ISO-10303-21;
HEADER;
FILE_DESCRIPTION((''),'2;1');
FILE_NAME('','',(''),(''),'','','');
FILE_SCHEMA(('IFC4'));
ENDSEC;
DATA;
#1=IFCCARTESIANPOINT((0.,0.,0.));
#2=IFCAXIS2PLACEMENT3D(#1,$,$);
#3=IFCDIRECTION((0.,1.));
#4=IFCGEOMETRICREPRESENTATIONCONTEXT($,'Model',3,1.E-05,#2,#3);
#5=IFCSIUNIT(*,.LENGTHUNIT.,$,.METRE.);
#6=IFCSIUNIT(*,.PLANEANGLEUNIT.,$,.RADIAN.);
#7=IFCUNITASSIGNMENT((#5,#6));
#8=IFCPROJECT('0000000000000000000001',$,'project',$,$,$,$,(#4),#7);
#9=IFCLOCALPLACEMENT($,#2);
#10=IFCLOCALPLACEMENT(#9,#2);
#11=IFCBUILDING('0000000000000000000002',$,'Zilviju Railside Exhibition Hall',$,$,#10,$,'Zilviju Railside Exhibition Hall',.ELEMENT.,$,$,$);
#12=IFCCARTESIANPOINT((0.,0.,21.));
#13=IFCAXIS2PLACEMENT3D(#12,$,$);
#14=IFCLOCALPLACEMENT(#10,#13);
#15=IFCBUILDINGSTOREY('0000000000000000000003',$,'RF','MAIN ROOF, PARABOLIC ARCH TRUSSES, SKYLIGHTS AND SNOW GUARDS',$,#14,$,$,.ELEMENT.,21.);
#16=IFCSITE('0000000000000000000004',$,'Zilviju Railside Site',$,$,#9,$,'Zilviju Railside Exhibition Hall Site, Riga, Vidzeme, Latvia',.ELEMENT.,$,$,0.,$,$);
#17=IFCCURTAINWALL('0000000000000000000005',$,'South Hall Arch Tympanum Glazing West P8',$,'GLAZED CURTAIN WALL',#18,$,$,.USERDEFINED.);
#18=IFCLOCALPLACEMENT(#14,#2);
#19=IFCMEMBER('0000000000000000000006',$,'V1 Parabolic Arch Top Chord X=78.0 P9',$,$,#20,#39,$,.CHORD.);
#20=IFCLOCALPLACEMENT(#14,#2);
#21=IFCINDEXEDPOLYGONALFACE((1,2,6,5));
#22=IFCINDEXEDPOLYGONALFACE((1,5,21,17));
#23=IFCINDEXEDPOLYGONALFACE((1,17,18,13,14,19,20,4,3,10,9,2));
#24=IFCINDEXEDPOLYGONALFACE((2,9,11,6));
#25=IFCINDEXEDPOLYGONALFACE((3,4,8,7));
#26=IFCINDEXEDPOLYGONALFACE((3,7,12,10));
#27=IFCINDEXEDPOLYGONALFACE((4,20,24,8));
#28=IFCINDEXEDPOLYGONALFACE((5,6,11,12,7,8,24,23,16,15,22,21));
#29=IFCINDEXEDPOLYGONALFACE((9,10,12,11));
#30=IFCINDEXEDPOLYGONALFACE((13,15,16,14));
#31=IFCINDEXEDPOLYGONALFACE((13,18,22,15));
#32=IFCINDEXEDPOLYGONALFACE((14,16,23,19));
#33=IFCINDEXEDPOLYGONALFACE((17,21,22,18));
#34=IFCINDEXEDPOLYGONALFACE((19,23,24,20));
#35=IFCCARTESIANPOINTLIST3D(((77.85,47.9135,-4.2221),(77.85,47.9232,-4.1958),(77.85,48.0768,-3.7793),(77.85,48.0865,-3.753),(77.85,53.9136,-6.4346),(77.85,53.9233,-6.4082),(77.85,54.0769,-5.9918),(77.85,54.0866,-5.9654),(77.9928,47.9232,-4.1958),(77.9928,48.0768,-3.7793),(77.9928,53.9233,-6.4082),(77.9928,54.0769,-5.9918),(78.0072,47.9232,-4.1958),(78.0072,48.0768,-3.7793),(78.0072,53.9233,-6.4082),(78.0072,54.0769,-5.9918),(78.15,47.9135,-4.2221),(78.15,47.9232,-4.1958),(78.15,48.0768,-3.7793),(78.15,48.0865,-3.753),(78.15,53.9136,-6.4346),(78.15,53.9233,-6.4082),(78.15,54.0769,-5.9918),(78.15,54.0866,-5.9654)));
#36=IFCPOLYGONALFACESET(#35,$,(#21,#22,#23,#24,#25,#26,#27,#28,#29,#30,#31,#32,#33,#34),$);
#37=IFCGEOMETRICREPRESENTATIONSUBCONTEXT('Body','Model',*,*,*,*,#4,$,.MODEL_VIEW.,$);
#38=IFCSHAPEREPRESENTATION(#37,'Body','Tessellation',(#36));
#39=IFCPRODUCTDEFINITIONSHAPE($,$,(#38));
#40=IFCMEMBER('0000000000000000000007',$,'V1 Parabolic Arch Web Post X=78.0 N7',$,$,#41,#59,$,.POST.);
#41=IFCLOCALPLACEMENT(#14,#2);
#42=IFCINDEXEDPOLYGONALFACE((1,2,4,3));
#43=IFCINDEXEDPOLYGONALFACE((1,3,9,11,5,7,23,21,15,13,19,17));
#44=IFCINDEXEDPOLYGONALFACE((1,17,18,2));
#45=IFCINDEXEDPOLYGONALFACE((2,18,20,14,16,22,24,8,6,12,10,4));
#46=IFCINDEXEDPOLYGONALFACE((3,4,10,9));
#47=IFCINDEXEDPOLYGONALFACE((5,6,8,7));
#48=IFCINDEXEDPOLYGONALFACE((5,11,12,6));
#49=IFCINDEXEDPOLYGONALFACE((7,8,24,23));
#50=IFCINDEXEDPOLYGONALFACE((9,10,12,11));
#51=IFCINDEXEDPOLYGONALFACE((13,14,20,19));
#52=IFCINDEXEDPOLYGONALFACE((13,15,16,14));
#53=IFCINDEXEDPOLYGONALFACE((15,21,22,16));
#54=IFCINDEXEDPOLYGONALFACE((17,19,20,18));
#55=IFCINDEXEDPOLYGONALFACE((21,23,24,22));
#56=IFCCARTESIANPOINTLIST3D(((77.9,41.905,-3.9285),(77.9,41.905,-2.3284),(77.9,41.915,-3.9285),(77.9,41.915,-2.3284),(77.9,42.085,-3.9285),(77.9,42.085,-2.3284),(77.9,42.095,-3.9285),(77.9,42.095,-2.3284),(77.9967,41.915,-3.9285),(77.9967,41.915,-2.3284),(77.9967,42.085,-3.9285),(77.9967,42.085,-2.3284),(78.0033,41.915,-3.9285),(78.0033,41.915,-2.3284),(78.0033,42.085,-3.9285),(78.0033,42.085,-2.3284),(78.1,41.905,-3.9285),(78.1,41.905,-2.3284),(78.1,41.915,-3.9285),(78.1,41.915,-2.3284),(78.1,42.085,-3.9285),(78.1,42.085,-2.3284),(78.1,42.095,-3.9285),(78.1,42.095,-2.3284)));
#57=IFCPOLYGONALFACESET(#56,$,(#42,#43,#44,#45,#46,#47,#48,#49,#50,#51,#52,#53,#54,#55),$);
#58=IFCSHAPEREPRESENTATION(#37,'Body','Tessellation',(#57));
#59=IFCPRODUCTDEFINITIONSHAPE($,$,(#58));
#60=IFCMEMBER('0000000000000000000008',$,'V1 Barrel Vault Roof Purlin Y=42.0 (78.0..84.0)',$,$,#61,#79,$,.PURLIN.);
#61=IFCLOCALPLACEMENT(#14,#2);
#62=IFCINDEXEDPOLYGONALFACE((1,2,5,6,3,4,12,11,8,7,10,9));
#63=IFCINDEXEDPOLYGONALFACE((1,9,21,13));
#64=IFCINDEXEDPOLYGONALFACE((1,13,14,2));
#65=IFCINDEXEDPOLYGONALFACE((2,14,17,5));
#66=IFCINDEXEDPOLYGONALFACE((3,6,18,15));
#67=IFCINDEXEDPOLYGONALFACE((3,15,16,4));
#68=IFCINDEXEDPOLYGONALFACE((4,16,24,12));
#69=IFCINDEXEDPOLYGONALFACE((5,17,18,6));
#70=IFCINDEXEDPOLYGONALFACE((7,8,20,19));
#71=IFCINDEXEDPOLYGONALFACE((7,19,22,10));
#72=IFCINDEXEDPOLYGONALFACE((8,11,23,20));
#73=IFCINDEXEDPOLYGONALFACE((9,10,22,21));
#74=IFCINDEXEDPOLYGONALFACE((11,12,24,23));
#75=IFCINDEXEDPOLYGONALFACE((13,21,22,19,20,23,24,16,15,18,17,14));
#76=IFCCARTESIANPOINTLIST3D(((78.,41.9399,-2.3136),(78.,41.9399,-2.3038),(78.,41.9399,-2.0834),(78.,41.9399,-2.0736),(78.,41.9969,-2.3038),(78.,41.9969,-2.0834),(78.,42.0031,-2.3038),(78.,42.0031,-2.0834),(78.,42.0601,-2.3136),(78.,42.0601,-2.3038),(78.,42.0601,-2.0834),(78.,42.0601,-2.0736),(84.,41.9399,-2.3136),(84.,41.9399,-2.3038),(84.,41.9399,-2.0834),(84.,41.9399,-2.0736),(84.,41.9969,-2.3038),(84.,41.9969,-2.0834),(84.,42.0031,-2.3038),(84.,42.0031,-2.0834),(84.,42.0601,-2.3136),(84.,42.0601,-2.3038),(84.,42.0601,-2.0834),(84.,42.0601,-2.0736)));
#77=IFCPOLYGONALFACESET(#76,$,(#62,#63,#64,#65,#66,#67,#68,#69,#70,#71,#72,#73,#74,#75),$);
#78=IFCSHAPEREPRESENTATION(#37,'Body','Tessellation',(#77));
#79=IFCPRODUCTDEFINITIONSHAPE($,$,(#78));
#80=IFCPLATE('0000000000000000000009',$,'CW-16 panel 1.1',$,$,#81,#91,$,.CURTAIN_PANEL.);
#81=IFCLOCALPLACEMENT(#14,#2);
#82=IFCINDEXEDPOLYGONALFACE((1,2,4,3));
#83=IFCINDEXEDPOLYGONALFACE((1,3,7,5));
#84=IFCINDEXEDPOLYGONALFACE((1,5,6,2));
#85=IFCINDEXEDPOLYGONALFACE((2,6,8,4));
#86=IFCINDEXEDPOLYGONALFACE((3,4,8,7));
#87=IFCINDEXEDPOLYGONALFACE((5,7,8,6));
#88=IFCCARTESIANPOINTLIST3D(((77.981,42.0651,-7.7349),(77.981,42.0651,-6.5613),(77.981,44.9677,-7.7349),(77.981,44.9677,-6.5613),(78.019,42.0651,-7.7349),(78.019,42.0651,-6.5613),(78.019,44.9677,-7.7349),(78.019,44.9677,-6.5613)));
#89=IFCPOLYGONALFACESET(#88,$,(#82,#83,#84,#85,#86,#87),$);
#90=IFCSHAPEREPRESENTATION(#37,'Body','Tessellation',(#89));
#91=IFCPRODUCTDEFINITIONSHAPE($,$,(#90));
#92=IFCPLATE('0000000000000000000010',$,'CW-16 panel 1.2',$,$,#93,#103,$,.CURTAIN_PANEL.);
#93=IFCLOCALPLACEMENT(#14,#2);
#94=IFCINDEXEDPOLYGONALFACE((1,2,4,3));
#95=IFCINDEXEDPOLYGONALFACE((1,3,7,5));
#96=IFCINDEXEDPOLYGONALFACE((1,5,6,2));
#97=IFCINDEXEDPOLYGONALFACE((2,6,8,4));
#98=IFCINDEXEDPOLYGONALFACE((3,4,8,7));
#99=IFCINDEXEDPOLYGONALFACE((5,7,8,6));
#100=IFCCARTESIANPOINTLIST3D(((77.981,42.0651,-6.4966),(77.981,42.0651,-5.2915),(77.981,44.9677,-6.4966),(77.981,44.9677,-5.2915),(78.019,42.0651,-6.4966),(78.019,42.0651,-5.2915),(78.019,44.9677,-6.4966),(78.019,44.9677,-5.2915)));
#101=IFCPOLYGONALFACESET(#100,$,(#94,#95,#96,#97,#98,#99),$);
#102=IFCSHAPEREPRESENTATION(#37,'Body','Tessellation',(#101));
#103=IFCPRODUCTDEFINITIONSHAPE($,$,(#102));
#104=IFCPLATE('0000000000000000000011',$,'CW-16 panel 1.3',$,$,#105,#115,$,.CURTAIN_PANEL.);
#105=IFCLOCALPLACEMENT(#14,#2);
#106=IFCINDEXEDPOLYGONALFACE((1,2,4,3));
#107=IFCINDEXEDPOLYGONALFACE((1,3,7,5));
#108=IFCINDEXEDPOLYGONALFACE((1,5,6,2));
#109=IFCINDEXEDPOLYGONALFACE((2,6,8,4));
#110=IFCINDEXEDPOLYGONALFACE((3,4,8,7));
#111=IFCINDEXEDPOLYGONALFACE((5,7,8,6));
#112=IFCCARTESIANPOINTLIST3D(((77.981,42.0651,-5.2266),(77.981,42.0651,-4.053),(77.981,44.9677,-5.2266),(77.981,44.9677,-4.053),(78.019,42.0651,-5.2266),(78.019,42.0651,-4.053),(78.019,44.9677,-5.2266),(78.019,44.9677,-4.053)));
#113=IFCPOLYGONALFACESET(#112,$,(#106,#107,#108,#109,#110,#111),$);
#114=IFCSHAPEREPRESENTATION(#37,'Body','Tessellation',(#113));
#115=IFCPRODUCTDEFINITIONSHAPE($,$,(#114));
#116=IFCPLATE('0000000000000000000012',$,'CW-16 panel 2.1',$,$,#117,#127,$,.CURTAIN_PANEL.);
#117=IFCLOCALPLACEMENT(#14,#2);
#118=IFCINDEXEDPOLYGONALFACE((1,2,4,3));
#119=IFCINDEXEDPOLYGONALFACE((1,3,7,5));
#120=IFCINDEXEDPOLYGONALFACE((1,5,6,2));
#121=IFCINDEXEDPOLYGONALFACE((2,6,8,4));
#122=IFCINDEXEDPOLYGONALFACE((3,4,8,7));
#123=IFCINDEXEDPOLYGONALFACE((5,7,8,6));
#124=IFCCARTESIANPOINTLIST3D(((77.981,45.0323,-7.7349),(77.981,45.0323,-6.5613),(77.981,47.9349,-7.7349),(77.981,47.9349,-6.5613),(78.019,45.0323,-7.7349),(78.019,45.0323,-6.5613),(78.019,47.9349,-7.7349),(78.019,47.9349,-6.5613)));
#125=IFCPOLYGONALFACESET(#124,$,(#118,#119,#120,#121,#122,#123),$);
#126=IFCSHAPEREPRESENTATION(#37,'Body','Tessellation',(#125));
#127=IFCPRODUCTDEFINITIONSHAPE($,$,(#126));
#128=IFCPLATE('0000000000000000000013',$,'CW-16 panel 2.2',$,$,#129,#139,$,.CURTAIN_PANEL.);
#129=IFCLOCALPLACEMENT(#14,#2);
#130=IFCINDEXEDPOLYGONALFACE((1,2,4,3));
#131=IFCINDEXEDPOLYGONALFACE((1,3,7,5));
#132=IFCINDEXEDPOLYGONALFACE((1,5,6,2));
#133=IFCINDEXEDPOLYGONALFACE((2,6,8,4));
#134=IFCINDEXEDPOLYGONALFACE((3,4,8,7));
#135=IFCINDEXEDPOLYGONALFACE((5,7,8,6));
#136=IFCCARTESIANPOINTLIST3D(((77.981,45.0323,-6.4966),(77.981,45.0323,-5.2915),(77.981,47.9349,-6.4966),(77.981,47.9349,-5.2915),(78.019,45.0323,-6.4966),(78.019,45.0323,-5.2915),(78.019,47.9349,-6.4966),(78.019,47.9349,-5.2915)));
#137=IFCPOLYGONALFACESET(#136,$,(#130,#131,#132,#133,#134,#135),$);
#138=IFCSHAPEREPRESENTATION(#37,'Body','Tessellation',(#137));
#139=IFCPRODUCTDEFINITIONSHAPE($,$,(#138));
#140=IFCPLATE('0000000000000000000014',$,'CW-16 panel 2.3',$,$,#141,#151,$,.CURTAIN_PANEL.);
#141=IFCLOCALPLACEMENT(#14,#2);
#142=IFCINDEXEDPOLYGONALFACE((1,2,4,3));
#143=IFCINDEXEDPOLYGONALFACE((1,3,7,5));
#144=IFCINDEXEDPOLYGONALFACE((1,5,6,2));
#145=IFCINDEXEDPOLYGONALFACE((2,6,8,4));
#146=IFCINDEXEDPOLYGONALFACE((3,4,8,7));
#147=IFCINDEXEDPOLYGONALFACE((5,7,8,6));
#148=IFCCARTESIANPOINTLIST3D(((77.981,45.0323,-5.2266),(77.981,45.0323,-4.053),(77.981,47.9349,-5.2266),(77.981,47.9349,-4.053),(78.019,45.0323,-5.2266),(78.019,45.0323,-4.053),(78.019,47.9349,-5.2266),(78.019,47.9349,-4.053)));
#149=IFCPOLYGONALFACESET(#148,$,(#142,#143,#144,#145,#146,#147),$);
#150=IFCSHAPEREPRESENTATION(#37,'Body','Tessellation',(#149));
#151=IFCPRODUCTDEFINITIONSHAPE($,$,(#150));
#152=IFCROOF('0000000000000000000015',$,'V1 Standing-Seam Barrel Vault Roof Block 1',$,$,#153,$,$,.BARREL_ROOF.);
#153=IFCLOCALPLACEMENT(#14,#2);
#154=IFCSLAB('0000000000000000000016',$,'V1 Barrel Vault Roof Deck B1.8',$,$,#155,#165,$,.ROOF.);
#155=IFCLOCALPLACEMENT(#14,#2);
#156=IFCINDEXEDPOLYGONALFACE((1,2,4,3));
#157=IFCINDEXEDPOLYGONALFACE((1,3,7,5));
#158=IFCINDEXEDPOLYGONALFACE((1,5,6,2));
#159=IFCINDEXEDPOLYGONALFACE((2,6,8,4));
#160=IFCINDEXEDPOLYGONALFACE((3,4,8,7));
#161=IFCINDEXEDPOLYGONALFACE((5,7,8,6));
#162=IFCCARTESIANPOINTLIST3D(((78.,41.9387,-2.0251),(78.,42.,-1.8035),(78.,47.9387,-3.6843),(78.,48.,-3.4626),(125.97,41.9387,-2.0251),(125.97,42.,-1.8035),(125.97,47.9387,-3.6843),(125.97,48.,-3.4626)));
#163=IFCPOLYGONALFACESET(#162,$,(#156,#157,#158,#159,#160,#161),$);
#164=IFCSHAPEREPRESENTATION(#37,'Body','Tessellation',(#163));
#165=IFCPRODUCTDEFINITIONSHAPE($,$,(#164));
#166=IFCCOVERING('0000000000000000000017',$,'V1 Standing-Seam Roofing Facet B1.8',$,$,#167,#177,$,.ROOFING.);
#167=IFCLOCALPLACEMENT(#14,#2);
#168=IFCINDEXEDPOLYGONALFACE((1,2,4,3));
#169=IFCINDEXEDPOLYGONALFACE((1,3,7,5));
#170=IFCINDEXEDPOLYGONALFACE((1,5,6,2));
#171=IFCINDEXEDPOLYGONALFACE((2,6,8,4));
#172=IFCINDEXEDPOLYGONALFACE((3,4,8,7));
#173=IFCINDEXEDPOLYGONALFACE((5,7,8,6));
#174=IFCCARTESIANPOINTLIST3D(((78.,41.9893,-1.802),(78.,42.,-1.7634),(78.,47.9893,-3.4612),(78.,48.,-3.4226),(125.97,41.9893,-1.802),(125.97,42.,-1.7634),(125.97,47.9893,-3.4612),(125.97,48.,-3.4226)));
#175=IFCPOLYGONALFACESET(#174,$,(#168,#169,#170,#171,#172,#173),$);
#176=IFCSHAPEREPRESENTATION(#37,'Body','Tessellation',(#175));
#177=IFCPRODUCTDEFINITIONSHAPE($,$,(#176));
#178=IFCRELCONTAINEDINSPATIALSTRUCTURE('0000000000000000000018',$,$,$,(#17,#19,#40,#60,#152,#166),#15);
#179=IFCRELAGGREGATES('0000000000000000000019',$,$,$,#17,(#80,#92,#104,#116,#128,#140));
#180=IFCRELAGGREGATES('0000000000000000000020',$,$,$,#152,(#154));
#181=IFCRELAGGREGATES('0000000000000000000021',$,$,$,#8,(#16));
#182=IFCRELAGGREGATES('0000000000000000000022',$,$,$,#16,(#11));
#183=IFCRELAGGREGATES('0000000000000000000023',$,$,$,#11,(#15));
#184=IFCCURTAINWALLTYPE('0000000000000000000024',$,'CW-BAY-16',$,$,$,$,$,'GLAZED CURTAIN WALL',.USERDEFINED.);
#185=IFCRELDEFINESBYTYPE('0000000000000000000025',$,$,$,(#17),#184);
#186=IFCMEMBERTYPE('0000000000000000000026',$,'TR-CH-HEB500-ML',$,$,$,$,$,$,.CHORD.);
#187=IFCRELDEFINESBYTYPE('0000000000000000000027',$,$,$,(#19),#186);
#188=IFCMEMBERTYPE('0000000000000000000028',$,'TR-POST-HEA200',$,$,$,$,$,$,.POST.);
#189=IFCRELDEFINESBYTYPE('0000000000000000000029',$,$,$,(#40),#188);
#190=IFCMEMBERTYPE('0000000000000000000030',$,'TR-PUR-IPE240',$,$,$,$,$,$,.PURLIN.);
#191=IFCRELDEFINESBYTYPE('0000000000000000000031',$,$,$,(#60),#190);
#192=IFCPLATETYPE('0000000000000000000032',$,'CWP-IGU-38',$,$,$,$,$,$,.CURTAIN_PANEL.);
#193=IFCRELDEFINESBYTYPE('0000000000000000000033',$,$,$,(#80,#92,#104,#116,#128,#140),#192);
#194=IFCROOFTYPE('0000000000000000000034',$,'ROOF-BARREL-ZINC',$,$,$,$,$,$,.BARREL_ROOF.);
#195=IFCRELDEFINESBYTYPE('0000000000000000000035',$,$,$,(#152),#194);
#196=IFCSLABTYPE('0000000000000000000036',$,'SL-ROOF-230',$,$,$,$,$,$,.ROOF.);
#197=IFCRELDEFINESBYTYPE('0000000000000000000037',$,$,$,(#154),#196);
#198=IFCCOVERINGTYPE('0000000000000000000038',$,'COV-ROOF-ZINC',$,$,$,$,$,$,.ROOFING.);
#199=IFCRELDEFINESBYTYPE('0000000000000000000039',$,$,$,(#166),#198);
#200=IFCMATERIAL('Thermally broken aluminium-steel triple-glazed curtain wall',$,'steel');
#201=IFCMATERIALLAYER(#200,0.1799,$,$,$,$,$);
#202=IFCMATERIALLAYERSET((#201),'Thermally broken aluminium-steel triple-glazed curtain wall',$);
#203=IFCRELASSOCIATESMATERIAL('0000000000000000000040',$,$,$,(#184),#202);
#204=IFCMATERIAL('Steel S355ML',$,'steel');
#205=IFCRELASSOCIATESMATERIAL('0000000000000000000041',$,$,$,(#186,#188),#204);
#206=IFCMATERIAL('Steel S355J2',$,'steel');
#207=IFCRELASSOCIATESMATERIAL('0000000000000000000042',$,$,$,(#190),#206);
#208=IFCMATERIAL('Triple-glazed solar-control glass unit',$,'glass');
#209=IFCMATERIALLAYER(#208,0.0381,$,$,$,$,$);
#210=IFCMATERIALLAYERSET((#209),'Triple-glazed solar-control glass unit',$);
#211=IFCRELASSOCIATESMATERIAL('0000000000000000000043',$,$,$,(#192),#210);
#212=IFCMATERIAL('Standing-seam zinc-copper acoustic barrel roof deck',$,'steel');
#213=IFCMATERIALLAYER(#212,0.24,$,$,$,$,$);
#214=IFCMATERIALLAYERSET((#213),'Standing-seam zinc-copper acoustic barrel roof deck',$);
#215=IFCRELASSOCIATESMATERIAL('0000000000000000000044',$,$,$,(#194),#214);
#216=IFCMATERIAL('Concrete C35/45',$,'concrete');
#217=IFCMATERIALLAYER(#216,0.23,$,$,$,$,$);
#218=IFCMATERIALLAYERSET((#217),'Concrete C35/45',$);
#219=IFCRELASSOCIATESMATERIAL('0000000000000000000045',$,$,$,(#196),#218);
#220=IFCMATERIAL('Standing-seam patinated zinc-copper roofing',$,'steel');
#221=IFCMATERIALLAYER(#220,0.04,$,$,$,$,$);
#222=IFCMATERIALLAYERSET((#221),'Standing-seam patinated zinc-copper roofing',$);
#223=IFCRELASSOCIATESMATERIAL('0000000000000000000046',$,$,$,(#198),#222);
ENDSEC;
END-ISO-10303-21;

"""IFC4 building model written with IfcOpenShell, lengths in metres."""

from ifc_helpers import new_model, si_unit, direction, frame, origin, origin_2d, place, context, subcontext, project, spatial, polyline, rectangle, i_section, outline, extrude, material, layer, layer_set, material_profile, profile_set, type_object, element, aggregate, save


model = new_model("IFC4")

# Units and contexts
model_context = context("Model", 3, precision=1e-05, world=origin(), true_north=direction((0.0, 1.0)))
body_context = subcontext(model_context, "Body", "Model", "MODEL_VIEW")
ifc_project = project(units=[si_unit("LENGTHUNIT", "METRE"), si_unit("PLANEANGLEUNIT", "RADIAN")], contexts=[model_context])

# Site, building, storey
site_placement = place(None, origin())
site = spatial("IfcSite", under=ifc_project, at=site_placement, Name="Zilviju Railside Site", LongName="Zilviju Railside Exhibition Hall Site, Riga, Vidzeme, Latvia", CompositionType="ELEMENT", RefElevation=0.0)
building_placement = place(site_placement, origin())
building = spatial("IfcBuilding", under=site, at=building_placement, Name="Zilviju Railside Exhibition Hall", LongName="Zilviju Railside Exhibition Hall", CompositionType="ELEMENT")
storey_placement = place(building_placement, frame((0.0, 0.0, 21.0)))
storey = spatial("IfcBuildingStorey", under=building, at=storey_placement, Name="RF", Description="MAIN ROOF, PARABOLIC ARCH TRUSSES, SKYLIGHTS AND SNOW GUARDS", CompositionType="ELEMENT", Elevation=21.0)

# Curtain wall
ifc_material_1 = material(Name="Thermally broken aluminium-steel triple-glazed curtain wall", Category="steel")
ifc_layer_1 = layer(ifc_material_1, 0.1799)
ifc_layer_set_1 = layer_set([ifc_layer_1], Name="Thermally broken aluminium-steel triple-glazed curtain wall")
curtain_wall_type = type_object("IfcCurtainWallType", Name="CW-BAY-16", ElementType="GLAZED CURTAIN WALL", PredefinedType="USERDEFINED", material=ifc_layer_set_1)
curtain_wall_placement = place(storey_placement, origin())
curtain_wall = element("IfcCurtainWall", 1, at=curtain_wall_placement, inside=storey, type_object=curtain_wall_type, Name="South Hall Arch Tympanum Glazing West P8", ObjectType="GLAZED CURTAIN WALL", PredefinedType="USERDEFINED")

# Members
ifc_material_2 = material(Name="Steel S355ML", Category="steel")
ifc_material_profile_1 = material_profile(ifc_material_2, i_section(OverallWidth=0.3, OverallDepth=0.5, WebThickness=0.0144, FlangeThickness=0.0281, at=origin_2d()), Name="HEB 500")
ifc_profile_set_1 = profile_set([ifc_material_profile_1], Name="Steel S355ML")
member_type_1 = type_object("IfcMemberType", Name="TR-CH-HEB500-ML", PredefinedType="CHORD", material=ifc_profile_set_1)
member_1_placement = place(storey_placement, frame((78.0, 48.0, -3.9875), z_axis=(0.0, 0.938248, -0.345964), x_axis=(-1.0, 0.0, 0.0)))
element("IfcMember", 2, at=member_1_placement, inside=storey, type_object=member_type_1, Name="V1 Parabolic Arch Top Chord X=78.0 P9", PredefinedType="CHORD", context=body_context, shape_type="SweptSolid", body=[
    extrude(i_section(OverallWidth=0.3, OverallDepth=0.5, WebThickness=0.0144, FlangeThickness=0.0281, at=origin_2d()), origin(), (0.0, 0.0, 1.0), 6.395),
])
ifc_material_profile_2 = material_profile(ifc_material_2, i_section(OverallWidth=0.2, OverallDepth=0.1899, WebThickness=0.0066, FlangeThickness=0.01, at=origin_2d()), Name="HEA 200")
ifc_profile_set_2 = profile_set([ifc_material_profile_2], Name="Steel S355ML")
member_type_2 = type_object("IfcMemberType", Name="TR-POST-HEA200", PredefinedType="POST", material=ifc_profile_set_2)
member_2_placement = place(storey_placement, frame((78.0, 42.0, -3.9285), z_axis=(0.0, 0.0, 1.0), x_axis=(1.0, 0.0, 0.0)))
element("IfcMember", 3, at=member_2_placement, inside=storey, type_object=member_type_2, Name="V1 Parabolic Arch Web Post X=78.0 N7", PredefinedType="POST", context=body_context, shape_type="SweptSolid", body=[
    extrude(i_section(OverallWidth=0.2, OverallDepth=0.1899, WebThickness=0.0066, FlangeThickness=0.01, at=origin_2d()), origin(), (0.0, 0.0, 1.0), 1.6001),
])
ifc_material_3 = material(Name="Steel S355J2", Category="steel")
ifc_material_profile_3 = material_profile(ifc_material_3, i_section(OverallWidth=0.1201, OverallDepth=0.24, WebThickness=0.0061, FlangeThickness=0.0098, at=origin_2d()), Name="IPE 240")
ifc_profile_set_3 = profile_set([ifc_material_profile_3], Name="Steel S355J2")
member_type_3 = type_object("IfcMemberType", Name="TR-PUR-IPE240", PredefinedType="PURLIN", material=ifc_profile_set_3)
member_3_placement = place(storey_placement, frame((78.0, 42.0, -2.1936), z_axis=(1.0, 0.0, 0.0), x_axis=(0.0, 1.0, 0.0)))
element("IfcMember", 4, at=member_3_placement, inside=storey, type_object=member_type_3, Name="V1 Barrel Vault Roof Purlin Y=42.0 (78.0..84.0)", PredefinedType="PURLIN", context=body_context, shape_type="SweptSolid", body=[
    extrude(i_section(OverallWidth=0.1201, OverallDepth=0.24, WebThickness=0.0061, FlangeThickness=0.0098, at=origin_2d()), origin(), (0.0, 0.0, 1.0), 6.0),
])

# Plates
ifc_material_4 = material(Name="Triple-glazed solar-control glass unit", Category="glass")
ifc_layer_2 = layer(ifc_material_4, 0.0381)
ifc_layer_set_2 = layer_set([ifc_layer_2], Name="Triple-glazed solar-control glass unit")
plate_type = type_object("IfcPlateType", Name="CWP-IGU-38", PredefinedType="CURTAIN_PANEL", material=ifc_layer_set_2)
plate_1_placement = place(storey_placement, frame((78.0, 43.5164, -7.7349), z_axis=(0.0, 0.0, 1.0), x_axis=(0.0, 1.0, 0.0)))
plate_1 = element("IfcPlate", 5, at=plate_1_placement, type_object=plate_type, Name="CW-16 panel 1.1", PredefinedType="CURTAIN_PANEL", context=body_context, shape_type="SweptSolid", body=[
    extrude(rectangle(XDim=2.9026, YDim=0.0381, at=origin_2d()), origin(), (0.0, 0.0, 1.0), 1.1736),
])
plate_2_placement = place(storey_placement, frame((78.0, 43.5164, -6.4966), z_axis=(0.0, 0.0, 1.0), x_axis=(0.0, 1.0, 0.0)))
plate_2 = element("IfcPlate", 6, at=plate_2_placement, type_object=plate_type, Name="CW-16 panel 1.2", PredefinedType="CURTAIN_PANEL", context=body_context, shape_type="SweptSolid", body=[
    extrude(rectangle(XDim=2.9026, YDim=0.0381, at=origin_2d()), origin(), (0.0, 0.0, 1.0), 1.2051),
])
plate_3_placement = place(storey_placement, frame((78.0, 43.5164, -5.2266), z_axis=(0.0, 0.0, 1.0), x_axis=(0.0, 1.0, 0.0)))
plate_3 = element("IfcPlate", 7, at=plate_3_placement, type_object=plate_type, Name="CW-16 panel 1.3", PredefinedType="CURTAIN_PANEL", context=body_context, shape_type="SweptSolid", body=[
    extrude(rectangle(XDim=2.9026, YDim=0.0381, at=origin_2d()), origin(), (0.0, 0.0, 1.0), 1.1736),
])
plate_4_placement = place(storey_placement, frame((78.0, 46.4836, -7.7349), z_axis=(0.0, 0.0, 1.0), x_axis=(0.0, 1.0, 0.0)))
plate_4 = element("IfcPlate", 8, at=plate_4_placement, type_object=plate_type, Name="CW-16 panel 2.1", PredefinedType="CURTAIN_PANEL", context=body_context, shape_type="SweptSolid", body=[
    extrude(rectangle(XDim=2.9026, YDim=0.0381, at=origin_2d()), origin(), (0.0, 0.0, 1.0), 1.1736),
])
plate_5_placement = place(storey_placement, frame((78.0, 46.4836, -6.4966), z_axis=(0.0, 0.0, 1.0), x_axis=(0.0, 1.0, 0.0)))
plate_5 = element("IfcPlate", 9, at=plate_5_placement, type_object=plate_type, Name="CW-16 panel 2.2", PredefinedType="CURTAIN_PANEL", context=body_context, shape_type="SweptSolid", body=[
    extrude(rectangle(XDim=2.9026, YDim=0.0381, at=origin_2d()), origin(), (0.0, 0.0, 1.0), 1.2051),
])
plate_6_placement = place(storey_placement, frame((78.0, 46.4836, -5.2266), z_axis=(0.0, 0.0, 1.0), x_axis=(0.0, 1.0, 0.0)))
plate_6 = element("IfcPlate", 10, at=plate_6_placement, type_object=plate_type, Name="CW-16 panel 2.3", PredefinedType="CURTAIN_PANEL", context=body_context, shape_type="SweptSolid", body=[
    extrude(rectangle(XDim=2.9026, YDim=0.0381, at=origin_2d()), origin(), (0.0, 0.0, 1.0), 1.1736),
])
aggregate(curtain_wall, [plate_1, plate_2, plate_3, plate_4, plate_5, plate_6])

# Roof, slab
ifc_material_5 = material(Name="Standing-seam zinc-copper acoustic barrel roof deck", Category="steel")
ifc_layer_3 = layer(ifc_material_5, 0.24)
ifc_layer_set_3 = layer_set([ifc_layer_3], Name="Standing-seam zinc-copper acoustic barrel roof deck")
roof_type = type_object("IfcRoofType", Name="ROOF-BARREL-ZINC", PredefinedType="BARREL_ROOF", material=ifc_layer_set_3)
roof_placement = place(storey_placement, origin())
roof = element("IfcRoof", 11, at=roof_placement, inside=storey, type_object=roof_type, Name="V1 Standing-Seam Barrel Vault Roof Block 1", PredefinedType="BARREL_ROOF")
ifc_material_6 = material(Name="Concrete C35/45", Category="concrete")
ifc_layer_4 = layer(ifc_material_6, 0.23)
ifc_layer_set_4 = layer_set([ifc_layer_4], Name="Concrete C35/45")
slab_type = type_object("IfcSlabType", Name="SL-ROOF-230", PredefinedType="ROOF", material=ifc_layer_set_4)
slab_placement = place(storey_placement, frame((78.0, 42.0, -1.8035), z_axis=(0.0, 0.266527, 0.963827), x_axis=(1.0, 0.0, 0.0)))
slab = element("IfcSlab", 12, at=slab_placement, type_object=slab_type, Name="V1 Barrel Vault Roof Deck B1.8", PredefinedType="ROOF", context=body_context, shape_type="SweptSolid", body=[
    extrude(outline(polyline([(0.0, 0.0), (47.97, 0.0), (47.97, 6.2252), (0.0, 6.2252), (0.0, 0.0)])), origin(), (0.0, 0.0, -1.0), 0.23),
])
aggregate(roof, [slab])

# Covering
ifc_material_7 = material(Name="Standing-seam patinated zinc-copper roofing", Category="steel")
ifc_layer_5 = layer(ifc_material_7, 0.04)
ifc_layer_set_5 = layer_set([ifc_layer_5], Name="Standing-seam patinated zinc-copper roofing")
covering_type = type_object("IfcCoveringType", Name="COV-ROOF-ZINC", PredefinedType="ROOFING", material=ifc_layer_set_5)
covering_placement = place(storey_placement, frame((78.0, 42.0, -1.7634), z_axis=(0.0, 0.266527, 0.963827), x_axis=(1.0, 0.0, 0.0)))
element("IfcCovering", 13, at=covering_placement, inside=storey, type_object=covering_type, Name="V1 Standing-Seam Roofing Facet B1.8", PredefinedType="ROOFING", context=body_context, shape_type="SweptSolid", body=[
    extrude(outline(polyline([(0.0, 0.0), (47.97, 0.0), (47.97, 6.2252), (0.0, 6.2252), (0.0, 0.0)])), origin(), (0.0, 0.0, -1.0), 0.04),
])

save(model, "model.ifc")
